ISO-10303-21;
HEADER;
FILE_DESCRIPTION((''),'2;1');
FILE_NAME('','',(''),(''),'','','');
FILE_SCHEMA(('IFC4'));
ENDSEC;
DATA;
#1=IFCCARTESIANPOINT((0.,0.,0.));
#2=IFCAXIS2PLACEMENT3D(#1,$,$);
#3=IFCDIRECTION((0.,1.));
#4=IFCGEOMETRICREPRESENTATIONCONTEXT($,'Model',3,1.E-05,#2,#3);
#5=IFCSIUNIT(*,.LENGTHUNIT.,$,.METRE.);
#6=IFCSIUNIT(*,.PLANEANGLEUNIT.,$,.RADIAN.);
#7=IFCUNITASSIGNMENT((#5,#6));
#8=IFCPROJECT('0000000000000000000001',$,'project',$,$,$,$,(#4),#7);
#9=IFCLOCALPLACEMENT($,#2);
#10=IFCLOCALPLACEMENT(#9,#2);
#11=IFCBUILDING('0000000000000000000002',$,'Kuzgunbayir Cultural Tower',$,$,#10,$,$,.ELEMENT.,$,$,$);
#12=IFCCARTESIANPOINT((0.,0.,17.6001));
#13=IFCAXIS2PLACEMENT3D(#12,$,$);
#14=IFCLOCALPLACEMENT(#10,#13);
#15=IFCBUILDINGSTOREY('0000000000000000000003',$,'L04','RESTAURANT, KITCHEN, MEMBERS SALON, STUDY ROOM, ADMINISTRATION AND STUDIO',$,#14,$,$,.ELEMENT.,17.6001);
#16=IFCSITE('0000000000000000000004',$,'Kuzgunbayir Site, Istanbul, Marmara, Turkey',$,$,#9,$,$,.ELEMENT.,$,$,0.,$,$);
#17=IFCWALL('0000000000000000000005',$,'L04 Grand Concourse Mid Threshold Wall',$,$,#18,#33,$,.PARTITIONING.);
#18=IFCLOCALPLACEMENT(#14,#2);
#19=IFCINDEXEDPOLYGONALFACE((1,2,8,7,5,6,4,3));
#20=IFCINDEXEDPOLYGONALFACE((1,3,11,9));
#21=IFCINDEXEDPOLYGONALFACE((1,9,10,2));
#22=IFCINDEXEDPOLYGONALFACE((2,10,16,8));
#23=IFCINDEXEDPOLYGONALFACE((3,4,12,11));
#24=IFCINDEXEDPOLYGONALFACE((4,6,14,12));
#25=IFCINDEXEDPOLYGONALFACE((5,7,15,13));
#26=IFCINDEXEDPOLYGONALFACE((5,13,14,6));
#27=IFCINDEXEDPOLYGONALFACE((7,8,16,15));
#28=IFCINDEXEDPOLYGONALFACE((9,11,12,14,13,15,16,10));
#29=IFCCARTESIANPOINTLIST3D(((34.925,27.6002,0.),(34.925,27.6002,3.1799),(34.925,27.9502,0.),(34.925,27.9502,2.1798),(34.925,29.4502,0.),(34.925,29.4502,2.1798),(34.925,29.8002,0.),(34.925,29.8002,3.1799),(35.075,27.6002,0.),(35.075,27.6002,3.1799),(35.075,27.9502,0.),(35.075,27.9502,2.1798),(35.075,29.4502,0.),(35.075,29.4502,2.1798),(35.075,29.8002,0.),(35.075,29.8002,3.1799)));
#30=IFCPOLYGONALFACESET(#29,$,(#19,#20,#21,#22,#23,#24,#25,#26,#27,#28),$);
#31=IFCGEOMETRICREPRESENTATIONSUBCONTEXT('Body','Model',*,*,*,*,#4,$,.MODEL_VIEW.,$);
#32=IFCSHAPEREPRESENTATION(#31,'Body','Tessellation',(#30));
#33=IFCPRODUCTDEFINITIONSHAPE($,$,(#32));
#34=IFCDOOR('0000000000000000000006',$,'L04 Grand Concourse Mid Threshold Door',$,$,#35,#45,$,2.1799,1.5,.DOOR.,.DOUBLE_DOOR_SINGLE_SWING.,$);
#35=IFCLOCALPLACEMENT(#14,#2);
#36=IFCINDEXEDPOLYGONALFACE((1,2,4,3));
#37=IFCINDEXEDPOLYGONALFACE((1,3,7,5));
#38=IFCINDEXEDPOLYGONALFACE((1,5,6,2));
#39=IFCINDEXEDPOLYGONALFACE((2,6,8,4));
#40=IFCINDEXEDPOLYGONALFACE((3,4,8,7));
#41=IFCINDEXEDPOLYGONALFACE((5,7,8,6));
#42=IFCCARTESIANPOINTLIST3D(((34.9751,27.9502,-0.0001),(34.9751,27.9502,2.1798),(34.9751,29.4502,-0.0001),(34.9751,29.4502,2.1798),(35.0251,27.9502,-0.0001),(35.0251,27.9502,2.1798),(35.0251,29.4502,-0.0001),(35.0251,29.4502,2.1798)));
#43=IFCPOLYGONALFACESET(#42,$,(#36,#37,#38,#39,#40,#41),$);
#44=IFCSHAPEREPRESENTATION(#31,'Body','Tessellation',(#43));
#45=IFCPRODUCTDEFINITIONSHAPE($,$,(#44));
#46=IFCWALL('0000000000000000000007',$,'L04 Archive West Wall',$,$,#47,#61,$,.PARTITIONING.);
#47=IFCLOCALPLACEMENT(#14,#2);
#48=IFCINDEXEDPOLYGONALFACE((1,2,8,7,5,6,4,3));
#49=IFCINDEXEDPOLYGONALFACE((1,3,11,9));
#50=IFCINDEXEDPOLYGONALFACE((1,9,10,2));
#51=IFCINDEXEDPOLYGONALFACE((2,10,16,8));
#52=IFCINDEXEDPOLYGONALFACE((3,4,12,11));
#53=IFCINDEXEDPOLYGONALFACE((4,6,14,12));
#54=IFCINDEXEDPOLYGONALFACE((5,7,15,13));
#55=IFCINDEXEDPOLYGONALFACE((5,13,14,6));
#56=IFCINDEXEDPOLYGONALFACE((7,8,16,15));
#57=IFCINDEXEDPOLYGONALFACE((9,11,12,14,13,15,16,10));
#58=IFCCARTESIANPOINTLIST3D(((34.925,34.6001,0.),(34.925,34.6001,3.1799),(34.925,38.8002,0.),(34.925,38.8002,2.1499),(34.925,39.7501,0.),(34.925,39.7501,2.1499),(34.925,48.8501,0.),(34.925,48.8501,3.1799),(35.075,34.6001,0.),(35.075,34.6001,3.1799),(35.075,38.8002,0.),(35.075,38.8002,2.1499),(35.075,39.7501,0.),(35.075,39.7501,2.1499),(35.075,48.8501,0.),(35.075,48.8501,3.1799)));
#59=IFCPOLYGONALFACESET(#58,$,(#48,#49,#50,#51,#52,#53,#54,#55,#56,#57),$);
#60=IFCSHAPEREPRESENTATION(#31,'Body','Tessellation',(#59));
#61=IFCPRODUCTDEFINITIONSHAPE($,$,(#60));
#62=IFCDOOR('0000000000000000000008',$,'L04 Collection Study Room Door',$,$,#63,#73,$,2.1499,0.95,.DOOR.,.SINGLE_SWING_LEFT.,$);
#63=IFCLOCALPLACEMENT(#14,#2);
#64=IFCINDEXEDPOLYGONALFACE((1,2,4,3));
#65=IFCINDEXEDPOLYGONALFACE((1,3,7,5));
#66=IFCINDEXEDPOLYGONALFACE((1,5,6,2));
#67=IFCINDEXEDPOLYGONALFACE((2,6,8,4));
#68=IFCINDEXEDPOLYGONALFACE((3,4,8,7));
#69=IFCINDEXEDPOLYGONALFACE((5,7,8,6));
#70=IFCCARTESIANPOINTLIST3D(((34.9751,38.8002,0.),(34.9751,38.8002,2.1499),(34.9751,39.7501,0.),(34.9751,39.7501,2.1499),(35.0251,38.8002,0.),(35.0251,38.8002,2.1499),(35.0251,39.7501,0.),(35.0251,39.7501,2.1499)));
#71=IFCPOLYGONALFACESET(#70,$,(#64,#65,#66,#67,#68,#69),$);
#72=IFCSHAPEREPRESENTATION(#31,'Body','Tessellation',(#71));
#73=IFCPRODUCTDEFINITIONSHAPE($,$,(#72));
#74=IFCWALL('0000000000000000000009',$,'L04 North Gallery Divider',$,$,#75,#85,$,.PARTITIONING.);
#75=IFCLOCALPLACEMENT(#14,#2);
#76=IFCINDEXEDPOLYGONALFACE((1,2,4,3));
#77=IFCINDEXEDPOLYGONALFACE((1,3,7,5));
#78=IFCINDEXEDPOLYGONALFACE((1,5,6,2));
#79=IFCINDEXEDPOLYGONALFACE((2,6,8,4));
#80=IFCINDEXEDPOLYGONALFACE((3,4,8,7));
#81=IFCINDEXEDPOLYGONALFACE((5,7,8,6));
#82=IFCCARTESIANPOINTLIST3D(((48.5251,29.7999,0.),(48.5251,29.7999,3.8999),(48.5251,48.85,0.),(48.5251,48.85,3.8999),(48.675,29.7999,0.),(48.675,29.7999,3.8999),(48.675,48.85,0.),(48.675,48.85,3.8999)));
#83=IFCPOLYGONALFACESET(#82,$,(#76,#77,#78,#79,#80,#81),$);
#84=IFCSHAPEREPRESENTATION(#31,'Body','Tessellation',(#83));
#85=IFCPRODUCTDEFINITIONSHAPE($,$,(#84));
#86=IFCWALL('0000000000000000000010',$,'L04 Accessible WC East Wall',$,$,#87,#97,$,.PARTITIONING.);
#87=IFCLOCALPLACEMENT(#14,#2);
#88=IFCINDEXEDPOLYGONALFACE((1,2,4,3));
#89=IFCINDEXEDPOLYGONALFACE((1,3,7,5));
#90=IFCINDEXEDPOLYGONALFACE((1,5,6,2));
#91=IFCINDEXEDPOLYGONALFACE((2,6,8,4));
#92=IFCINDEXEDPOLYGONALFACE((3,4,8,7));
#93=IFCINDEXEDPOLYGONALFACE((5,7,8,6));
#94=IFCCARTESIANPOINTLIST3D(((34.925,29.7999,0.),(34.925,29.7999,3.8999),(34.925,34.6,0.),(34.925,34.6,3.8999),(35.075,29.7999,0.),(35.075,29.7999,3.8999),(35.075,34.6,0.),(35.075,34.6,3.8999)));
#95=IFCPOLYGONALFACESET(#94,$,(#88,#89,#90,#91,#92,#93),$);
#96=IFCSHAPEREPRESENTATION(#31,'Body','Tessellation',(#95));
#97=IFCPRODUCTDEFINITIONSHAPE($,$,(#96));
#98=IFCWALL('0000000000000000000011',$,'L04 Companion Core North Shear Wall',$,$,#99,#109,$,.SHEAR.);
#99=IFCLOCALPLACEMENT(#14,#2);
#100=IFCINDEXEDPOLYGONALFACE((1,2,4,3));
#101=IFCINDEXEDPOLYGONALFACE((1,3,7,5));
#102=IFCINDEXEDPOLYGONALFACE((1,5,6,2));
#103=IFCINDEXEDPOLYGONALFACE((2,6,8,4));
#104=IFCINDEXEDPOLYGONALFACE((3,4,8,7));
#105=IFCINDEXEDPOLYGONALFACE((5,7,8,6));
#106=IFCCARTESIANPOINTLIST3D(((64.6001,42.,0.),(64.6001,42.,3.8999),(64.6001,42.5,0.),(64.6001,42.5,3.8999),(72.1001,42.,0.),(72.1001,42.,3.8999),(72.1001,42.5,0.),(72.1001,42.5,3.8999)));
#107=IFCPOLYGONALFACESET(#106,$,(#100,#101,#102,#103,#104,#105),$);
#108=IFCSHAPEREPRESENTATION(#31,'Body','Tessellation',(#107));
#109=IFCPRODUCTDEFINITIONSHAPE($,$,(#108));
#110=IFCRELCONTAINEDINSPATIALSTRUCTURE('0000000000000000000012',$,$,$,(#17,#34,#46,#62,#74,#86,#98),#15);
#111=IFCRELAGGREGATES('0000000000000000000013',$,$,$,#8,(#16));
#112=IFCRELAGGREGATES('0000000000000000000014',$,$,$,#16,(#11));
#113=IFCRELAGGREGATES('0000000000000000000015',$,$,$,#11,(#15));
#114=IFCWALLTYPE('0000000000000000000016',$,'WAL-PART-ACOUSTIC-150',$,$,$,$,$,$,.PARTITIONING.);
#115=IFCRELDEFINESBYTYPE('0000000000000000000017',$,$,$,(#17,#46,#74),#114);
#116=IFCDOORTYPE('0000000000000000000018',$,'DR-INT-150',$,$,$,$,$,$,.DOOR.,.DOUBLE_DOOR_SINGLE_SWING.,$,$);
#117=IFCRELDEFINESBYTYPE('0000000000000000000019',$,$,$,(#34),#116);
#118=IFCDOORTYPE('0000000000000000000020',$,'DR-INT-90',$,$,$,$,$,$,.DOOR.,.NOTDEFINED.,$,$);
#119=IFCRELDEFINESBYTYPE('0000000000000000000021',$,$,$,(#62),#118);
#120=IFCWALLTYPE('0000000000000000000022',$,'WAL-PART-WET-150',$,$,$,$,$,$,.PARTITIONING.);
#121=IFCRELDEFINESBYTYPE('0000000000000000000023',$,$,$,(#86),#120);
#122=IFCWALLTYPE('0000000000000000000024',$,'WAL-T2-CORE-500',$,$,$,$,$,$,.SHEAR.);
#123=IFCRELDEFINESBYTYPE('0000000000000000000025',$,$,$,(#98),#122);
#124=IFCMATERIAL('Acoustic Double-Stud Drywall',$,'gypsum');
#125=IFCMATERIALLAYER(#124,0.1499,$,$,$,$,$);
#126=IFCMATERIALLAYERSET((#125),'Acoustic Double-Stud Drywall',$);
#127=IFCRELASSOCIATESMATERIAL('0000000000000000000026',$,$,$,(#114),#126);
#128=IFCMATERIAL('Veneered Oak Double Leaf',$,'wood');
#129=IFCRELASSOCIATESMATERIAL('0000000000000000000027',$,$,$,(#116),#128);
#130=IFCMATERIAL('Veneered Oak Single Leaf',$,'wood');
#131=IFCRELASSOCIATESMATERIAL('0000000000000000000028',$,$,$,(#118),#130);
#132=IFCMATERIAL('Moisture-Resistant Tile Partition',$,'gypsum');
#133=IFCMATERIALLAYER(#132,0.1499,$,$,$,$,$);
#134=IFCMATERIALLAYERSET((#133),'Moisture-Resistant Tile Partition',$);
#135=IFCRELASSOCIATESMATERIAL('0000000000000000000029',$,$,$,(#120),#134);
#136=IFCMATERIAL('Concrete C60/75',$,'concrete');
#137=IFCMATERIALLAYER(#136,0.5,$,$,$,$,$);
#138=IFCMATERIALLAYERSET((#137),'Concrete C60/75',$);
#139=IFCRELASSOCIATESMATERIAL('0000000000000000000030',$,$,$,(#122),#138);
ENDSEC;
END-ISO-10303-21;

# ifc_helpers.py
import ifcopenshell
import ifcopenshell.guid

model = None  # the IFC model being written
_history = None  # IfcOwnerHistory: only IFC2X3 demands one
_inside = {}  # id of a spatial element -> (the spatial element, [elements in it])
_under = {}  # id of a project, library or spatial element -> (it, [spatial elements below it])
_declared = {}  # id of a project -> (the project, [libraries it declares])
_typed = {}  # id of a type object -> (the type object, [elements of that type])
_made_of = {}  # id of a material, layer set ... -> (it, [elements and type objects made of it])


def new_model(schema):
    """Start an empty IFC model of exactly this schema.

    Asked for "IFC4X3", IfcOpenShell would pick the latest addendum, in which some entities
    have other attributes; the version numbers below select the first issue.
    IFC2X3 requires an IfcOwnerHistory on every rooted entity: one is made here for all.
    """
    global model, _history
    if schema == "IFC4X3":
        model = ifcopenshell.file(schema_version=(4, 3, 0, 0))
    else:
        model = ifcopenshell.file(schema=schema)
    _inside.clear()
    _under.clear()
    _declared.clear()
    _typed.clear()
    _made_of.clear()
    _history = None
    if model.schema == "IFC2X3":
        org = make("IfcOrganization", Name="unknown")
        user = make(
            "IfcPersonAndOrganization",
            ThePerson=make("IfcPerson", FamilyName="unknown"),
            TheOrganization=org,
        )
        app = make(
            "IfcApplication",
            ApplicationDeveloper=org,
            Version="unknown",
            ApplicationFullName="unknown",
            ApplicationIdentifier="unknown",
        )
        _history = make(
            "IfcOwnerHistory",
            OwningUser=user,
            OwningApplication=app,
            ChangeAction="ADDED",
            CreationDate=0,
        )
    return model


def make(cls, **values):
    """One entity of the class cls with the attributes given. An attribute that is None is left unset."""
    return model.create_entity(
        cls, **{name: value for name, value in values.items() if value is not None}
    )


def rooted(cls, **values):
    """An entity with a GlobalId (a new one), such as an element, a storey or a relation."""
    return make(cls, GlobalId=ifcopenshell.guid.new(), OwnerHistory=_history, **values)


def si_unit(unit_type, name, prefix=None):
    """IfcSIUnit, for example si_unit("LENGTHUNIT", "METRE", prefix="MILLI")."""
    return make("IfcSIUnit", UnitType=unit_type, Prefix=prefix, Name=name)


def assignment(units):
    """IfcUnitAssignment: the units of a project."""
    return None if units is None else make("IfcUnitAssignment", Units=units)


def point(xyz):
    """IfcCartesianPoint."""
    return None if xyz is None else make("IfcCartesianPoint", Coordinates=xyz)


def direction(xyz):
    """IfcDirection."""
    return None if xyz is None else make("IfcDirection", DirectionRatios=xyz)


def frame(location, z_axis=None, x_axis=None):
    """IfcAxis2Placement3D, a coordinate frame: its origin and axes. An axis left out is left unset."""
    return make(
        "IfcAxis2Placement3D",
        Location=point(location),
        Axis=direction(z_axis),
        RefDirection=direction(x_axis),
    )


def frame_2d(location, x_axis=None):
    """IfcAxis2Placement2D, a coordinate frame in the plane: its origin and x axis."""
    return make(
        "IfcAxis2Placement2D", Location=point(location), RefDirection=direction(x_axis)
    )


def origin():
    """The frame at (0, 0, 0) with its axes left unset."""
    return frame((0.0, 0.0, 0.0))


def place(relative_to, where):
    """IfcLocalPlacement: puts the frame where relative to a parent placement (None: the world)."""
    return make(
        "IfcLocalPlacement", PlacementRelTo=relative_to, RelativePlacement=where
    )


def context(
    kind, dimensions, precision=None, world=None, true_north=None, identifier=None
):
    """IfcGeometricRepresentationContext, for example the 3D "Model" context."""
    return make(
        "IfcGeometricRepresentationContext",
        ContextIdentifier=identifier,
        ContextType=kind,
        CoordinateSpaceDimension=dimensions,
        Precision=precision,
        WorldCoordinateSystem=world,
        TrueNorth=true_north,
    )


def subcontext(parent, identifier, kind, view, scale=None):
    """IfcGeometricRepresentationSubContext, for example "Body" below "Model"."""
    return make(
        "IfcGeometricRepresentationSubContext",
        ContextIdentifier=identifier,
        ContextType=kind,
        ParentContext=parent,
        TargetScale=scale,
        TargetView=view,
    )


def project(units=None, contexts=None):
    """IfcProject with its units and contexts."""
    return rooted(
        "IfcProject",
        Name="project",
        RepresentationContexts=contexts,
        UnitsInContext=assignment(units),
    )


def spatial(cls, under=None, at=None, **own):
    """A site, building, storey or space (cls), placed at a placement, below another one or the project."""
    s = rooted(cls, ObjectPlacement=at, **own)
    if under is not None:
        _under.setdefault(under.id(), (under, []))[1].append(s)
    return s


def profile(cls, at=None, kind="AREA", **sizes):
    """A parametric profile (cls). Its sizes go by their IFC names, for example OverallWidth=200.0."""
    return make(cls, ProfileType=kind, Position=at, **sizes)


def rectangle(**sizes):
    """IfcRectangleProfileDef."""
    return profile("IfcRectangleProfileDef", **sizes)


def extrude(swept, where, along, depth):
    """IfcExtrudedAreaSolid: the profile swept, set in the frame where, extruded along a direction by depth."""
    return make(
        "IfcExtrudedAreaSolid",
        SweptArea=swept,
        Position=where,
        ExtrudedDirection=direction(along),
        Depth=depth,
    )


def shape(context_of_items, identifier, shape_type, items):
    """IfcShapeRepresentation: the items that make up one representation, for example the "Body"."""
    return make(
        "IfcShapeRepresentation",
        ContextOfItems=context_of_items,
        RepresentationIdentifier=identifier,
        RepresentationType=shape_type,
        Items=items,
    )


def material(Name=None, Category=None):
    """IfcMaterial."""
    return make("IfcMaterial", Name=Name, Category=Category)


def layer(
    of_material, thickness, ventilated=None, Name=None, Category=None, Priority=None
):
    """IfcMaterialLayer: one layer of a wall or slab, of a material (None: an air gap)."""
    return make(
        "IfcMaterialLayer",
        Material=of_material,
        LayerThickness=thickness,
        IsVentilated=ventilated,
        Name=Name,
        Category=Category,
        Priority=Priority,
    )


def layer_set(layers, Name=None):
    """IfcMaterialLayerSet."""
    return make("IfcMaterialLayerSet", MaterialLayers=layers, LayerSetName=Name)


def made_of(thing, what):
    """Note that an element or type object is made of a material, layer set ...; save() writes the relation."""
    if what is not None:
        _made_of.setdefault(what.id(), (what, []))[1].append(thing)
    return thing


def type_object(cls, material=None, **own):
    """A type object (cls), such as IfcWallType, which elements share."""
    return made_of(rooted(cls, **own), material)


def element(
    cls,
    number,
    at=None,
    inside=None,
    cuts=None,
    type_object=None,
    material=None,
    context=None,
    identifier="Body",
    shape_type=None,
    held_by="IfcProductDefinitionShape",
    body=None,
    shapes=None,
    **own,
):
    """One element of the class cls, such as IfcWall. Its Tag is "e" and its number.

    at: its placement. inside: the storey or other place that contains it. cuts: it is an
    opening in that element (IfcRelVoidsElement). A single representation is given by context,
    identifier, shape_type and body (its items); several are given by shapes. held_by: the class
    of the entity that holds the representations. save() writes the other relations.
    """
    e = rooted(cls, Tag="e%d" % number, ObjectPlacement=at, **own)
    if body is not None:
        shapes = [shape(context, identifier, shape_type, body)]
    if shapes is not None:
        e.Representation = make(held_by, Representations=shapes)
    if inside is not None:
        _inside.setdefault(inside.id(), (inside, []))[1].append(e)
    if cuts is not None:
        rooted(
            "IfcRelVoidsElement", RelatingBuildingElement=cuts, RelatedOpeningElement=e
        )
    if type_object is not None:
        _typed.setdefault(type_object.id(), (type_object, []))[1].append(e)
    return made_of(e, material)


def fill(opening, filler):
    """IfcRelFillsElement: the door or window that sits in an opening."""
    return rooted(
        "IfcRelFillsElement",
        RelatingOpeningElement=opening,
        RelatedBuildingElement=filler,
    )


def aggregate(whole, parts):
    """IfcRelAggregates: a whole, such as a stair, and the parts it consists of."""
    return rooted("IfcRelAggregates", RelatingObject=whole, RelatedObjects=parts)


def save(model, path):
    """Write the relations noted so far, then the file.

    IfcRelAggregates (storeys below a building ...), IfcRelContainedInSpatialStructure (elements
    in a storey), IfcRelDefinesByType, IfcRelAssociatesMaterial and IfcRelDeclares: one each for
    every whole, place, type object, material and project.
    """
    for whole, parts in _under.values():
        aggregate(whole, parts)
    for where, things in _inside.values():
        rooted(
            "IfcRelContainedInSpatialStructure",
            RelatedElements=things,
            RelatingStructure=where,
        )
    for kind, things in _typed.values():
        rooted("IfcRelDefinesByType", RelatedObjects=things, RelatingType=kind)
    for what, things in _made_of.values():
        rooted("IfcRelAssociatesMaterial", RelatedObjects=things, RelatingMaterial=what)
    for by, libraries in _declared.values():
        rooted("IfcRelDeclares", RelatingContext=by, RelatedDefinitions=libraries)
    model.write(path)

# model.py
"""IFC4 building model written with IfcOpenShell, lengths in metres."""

from ifc_helpers import new_model, si_unit, direction, frame, frame_2d, origin, place, context, subcontext, project, spatial, rectangle, extrude, material, layer, layer_set, type_object, element, fill, save


model = new_model("IFC4")

# Units and contexts
model_context = context("Model", 3, precision=1e-05, world=origin(), true_north=direction((0.0, 1.0)))
body_context = subcontext(model_context, "Body", "Model", "MODEL_VIEW")
ifc_project = project(units=[si_unit("LENGTHUNIT", "METRE"), si_unit("PLANEANGLEUNIT", "RADIAN")], contexts=[model_context])

# Site, building, storey
site_placement = place(None, origin())
site = spatial("IfcSite", under=ifc_project, at=site_placement, Name="Kuzgunbayir Site, Istanbul, Marmara, Turkey", CompositionType="ELEMENT", RefElevation=0.0)
building_placement = place(site_placement, origin())
building = spatial("IfcBuilding", under=site, at=building_placement, Name="Kuzgunbayir Cultural Tower", CompositionType="ELEMENT")
storey_placement = place(building_placement, frame((0.0, 0.0, 17.6001)))
storey = spatial("IfcBuildingStorey", under=building, at=storey_placement, Name="L04", Description="RESTAURANT, KITCHEN, MEMBERS SALON, STUDY ROOM, ADMINISTRATION AND STUDIO", CompositionType="ELEMENT", Elevation=17.6001)

# Shared definitions
ifc_material_1 = material(Name="Concrete C60/75", Category="concrete")

# Walls, openings, doors
ifc_material_2 = material(Name="Acoustic Double-Stud Drywall", Category="gypsum")
ifc_layer_1 = layer(ifc_material_2, 0.1499)
ifc_layer_set_1 = layer_set([ifc_layer_1], Name="Acoustic Double-Stud Drywall")
wall_type_1 = type_object("IfcWallType", Name="WAL-PART-ACOUSTIC-150", PredefinedType="PARTITIONING", material=ifc_layer_set_1)
wall_1_placement = place(storey_placement, frame((35.0, 27.6001, 0.0), z_axis=(0.0, 0.0, 1.0), x_axis=(0.0, 1.0, 0.0)))
wall_1 = element("IfcWall", 1, at=wall_1_placement, inside=storey, type_object=wall_type_1, Name="L04 Grand Concourse Mid Threshold Wall", PredefinedType="PARTITIONING", context=body_context, shape_type="SweptSolid", body=[
    extrude(rectangle(XDim=2.2, YDim=0.1499, at=frame_2d((1.1001, 0.0))), origin(), (0.0, 0.0, 1.0), 3.1799),
])
opening_1_placement = place(wall_1_placement, frame((0.3501, 0.0, 0.0)))
opening_1 = element("IfcOpeningElement", 2, at=opening_1_placement, cuts=wall_1, PredefinedType="OPENING", context=body_context, shape_type="SweptSolid", body=[
    extrude(rectangle(XDim=1.5, YDim=2.1799, at=frame_2d((0.75, 1.0898))), frame((0.0, 0.085, 0.0), z_axis=(0.0, -1.0, 0.0), x_axis=(1.0, 0.0, 0.0)), (0.0, 0.0, 1.0), 0.1699),
])
ifc_material_3 = material(Name="Veneered Oak Double Leaf", Category="wood")
door_type_1 = type_object("IfcDoorType", Name="DR-INT-150", OperationType="DOUBLE_DOOR_SINGLE_SWING", PredefinedType="DOOR", material=ifc_material_3)
door_1_placement = place(opening_1_placement, origin())
door_1 = element("IfcDoor", 3, at=door_1_placement, inside=storey, type_object=door_type_1, Name="L04 Grand Concourse Mid Threshold Door", OperationType="DOUBLE_DOOR_SINGLE_SWING", OverallHeight=2.1799, OverallWidth=1.5, PredefinedType="DOOR", context=body_context, shape_type="SweptSolid", body=[
    extrude(rectangle(XDim=1.5, YDim=2.1799, at=frame_2d((0.75, 1.0898))), frame((0.0, 0.0249, 0.0), z_axis=(0.0, -1.0, 0.0), x_axis=(1.0, 0.0, 0.0)), (0.0, 0.0, 1.0), 0.05),
])
fill(opening_1, door_1)
wall_2_placement = place(storey_placement, frame((35.0, 34.6001, 0.0), z_axis=(0.0, 0.0, 1.0), x_axis=(0.0, 1.0, 0.0)))
wall_2 = element("IfcWall", 4, at=wall_2_placement, inside=storey, type_object=wall_type_1, Name="L04 Archive West Wall", PredefinedType="PARTITIONING", context=body_context, shape_type="SweptSolid", body=[
    extrude(rectangle(XDim=14.25, YDim=0.1499, at=frame_2d((7.125, 0.0))), origin(), (0.0, 0.0, 1.0), 3.1799),
])
opening_2_placement = place(wall_2_placement, frame((4.2, 0.0, 0.0)))
opening_2 = element("IfcOpeningElement", 5, at=opening_2_placement, cuts=wall_2, PredefinedType="OPENING", context=body_context, shape_type="SweptSolid", body=[
    extrude(rectangle(XDim=0.95, YDim=2.1499, at=frame_2d((0.4751, 1.075))), frame((0.0, 0.085, 0.0), z_axis=(0.0, -1.0, 0.0), x_axis=(1.0, 0.0, 0.0)), (0.0, 0.0, 1.0), 0.1699),
])
ifc_material_4 = material(Name="Veneered Oak Single Leaf", Category="wood")
door_type_2 = type_object("IfcDoorType", Name="DR-INT-90", OperationType="NOTDEFINED", PredefinedType="DOOR", material=ifc_material_4)
door_2_placement = place(opening_2_placement, origin())
door_2 = element("IfcDoor", 6, at=door_2_placement, inside=storey, type_object=door_type_2, Name="L04 Collection Study Room Door", OperationType="SINGLE_SWING_LEFT", OverallHeight=2.1499, OverallWidth=0.95, PredefinedType="DOOR", context=body_context, shape_type="SweptSolid", body=[
    extrude(rectangle(XDim=0.95, YDim=2.1499, at=frame_2d((0.4751, 1.075))), frame((0.0, 0.0249, 0.0), z_axis=(0.0, -1.0, 0.0), x_axis=(1.0, 0.0, 0.0)), (0.0, 0.0, 1.0), 0.05),
])
fill(opening_2, door_2)

# Walls
wall_3_placement = place(storey_placement, frame((48.6001, 29.8, 0.0), z_axis=(0.0, 0.0, 1.0), x_axis=(0.0, 1.0, 0.0)))
element("IfcWall", 7, at=wall_3_placement, inside=storey, type_object=wall_type_1, Name="L04 North Gallery Divider", PredefinedType="PARTITIONING", context=body_context, shape_type="SweptSolid", body=[
    extrude(rectangle(XDim=19.05, YDim=0.1499, at=frame_2d((9.5249, 0.0))), origin(), (0.0, 0.0, 1.0), 3.8999),
])
ifc_material_5 = material(Name="Moisture-Resistant Tile Partition", Category="gypsum")
ifc_layer_2 = layer(ifc_material_5, 0.1499)
ifc_layer_set_2 = layer_set([ifc_layer_2], Name="Moisture-Resistant Tile Partition")
wall_type_2 = type_object("IfcWallType", Name="WAL-PART-WET-150", PredefinedType="PARTITIONING", material=ifc_layer_set_2)
wall_4_placement = place(storey_placement, frame((35.0, 29.8, 0.0), z_axis=(0.0, 0.0, 1.0), x_axis=(0.0, 1.0, 0.0)))
element("IfcWall", 8, at=wall_4_placement, inside=storey, type_object=wall_type_2, Name="L04 Accessible WC East Wall", PredefinedType="PARTITIONING", context=body_context, shape_type="SweptSolid", body=[
    extrude(rectangle(XDim=4.8, YDim=0.1499, at=frame_2d((2.3999, 0.0))), origin(), (0.0, 0.0, 1.0), 3.8999),
])

# Wall
ifc_layer_3 = layer(ifc_material_1, 0.5)
ifc_layer_set_3 = layer_set([ifc_layer_3], Name="Concrete C60/75")
wall_type_3 = type_object("IfcWallType", Name="WAL-T2-CORE-500", PredefinedType="SHEAR", material=ifc_layer_set_3)
wall_5_placement = place(storey_placement, frame((64.6001, 42.25, 0.0), z_axis=(0.0, 0.0, 1.0), x_axis=(1.0, 0.0, 0.0)))
element("IfcWall", 9, at=wall_5_placement, inside=storey, type_object=wall_type_3, Name="L04 Companion Core North Shear Wall", PredefinedType="SHEAR", context=body_context, shape_type="SweptSolid", body=[
    extrude(rectangle(XDim=7.5, YDim=0.5, at=frame_2d((3.75, 0.0))), origin(), (0.0, 0.0, 1.0), 3.8999),
])

save(model, "model.ifc")
